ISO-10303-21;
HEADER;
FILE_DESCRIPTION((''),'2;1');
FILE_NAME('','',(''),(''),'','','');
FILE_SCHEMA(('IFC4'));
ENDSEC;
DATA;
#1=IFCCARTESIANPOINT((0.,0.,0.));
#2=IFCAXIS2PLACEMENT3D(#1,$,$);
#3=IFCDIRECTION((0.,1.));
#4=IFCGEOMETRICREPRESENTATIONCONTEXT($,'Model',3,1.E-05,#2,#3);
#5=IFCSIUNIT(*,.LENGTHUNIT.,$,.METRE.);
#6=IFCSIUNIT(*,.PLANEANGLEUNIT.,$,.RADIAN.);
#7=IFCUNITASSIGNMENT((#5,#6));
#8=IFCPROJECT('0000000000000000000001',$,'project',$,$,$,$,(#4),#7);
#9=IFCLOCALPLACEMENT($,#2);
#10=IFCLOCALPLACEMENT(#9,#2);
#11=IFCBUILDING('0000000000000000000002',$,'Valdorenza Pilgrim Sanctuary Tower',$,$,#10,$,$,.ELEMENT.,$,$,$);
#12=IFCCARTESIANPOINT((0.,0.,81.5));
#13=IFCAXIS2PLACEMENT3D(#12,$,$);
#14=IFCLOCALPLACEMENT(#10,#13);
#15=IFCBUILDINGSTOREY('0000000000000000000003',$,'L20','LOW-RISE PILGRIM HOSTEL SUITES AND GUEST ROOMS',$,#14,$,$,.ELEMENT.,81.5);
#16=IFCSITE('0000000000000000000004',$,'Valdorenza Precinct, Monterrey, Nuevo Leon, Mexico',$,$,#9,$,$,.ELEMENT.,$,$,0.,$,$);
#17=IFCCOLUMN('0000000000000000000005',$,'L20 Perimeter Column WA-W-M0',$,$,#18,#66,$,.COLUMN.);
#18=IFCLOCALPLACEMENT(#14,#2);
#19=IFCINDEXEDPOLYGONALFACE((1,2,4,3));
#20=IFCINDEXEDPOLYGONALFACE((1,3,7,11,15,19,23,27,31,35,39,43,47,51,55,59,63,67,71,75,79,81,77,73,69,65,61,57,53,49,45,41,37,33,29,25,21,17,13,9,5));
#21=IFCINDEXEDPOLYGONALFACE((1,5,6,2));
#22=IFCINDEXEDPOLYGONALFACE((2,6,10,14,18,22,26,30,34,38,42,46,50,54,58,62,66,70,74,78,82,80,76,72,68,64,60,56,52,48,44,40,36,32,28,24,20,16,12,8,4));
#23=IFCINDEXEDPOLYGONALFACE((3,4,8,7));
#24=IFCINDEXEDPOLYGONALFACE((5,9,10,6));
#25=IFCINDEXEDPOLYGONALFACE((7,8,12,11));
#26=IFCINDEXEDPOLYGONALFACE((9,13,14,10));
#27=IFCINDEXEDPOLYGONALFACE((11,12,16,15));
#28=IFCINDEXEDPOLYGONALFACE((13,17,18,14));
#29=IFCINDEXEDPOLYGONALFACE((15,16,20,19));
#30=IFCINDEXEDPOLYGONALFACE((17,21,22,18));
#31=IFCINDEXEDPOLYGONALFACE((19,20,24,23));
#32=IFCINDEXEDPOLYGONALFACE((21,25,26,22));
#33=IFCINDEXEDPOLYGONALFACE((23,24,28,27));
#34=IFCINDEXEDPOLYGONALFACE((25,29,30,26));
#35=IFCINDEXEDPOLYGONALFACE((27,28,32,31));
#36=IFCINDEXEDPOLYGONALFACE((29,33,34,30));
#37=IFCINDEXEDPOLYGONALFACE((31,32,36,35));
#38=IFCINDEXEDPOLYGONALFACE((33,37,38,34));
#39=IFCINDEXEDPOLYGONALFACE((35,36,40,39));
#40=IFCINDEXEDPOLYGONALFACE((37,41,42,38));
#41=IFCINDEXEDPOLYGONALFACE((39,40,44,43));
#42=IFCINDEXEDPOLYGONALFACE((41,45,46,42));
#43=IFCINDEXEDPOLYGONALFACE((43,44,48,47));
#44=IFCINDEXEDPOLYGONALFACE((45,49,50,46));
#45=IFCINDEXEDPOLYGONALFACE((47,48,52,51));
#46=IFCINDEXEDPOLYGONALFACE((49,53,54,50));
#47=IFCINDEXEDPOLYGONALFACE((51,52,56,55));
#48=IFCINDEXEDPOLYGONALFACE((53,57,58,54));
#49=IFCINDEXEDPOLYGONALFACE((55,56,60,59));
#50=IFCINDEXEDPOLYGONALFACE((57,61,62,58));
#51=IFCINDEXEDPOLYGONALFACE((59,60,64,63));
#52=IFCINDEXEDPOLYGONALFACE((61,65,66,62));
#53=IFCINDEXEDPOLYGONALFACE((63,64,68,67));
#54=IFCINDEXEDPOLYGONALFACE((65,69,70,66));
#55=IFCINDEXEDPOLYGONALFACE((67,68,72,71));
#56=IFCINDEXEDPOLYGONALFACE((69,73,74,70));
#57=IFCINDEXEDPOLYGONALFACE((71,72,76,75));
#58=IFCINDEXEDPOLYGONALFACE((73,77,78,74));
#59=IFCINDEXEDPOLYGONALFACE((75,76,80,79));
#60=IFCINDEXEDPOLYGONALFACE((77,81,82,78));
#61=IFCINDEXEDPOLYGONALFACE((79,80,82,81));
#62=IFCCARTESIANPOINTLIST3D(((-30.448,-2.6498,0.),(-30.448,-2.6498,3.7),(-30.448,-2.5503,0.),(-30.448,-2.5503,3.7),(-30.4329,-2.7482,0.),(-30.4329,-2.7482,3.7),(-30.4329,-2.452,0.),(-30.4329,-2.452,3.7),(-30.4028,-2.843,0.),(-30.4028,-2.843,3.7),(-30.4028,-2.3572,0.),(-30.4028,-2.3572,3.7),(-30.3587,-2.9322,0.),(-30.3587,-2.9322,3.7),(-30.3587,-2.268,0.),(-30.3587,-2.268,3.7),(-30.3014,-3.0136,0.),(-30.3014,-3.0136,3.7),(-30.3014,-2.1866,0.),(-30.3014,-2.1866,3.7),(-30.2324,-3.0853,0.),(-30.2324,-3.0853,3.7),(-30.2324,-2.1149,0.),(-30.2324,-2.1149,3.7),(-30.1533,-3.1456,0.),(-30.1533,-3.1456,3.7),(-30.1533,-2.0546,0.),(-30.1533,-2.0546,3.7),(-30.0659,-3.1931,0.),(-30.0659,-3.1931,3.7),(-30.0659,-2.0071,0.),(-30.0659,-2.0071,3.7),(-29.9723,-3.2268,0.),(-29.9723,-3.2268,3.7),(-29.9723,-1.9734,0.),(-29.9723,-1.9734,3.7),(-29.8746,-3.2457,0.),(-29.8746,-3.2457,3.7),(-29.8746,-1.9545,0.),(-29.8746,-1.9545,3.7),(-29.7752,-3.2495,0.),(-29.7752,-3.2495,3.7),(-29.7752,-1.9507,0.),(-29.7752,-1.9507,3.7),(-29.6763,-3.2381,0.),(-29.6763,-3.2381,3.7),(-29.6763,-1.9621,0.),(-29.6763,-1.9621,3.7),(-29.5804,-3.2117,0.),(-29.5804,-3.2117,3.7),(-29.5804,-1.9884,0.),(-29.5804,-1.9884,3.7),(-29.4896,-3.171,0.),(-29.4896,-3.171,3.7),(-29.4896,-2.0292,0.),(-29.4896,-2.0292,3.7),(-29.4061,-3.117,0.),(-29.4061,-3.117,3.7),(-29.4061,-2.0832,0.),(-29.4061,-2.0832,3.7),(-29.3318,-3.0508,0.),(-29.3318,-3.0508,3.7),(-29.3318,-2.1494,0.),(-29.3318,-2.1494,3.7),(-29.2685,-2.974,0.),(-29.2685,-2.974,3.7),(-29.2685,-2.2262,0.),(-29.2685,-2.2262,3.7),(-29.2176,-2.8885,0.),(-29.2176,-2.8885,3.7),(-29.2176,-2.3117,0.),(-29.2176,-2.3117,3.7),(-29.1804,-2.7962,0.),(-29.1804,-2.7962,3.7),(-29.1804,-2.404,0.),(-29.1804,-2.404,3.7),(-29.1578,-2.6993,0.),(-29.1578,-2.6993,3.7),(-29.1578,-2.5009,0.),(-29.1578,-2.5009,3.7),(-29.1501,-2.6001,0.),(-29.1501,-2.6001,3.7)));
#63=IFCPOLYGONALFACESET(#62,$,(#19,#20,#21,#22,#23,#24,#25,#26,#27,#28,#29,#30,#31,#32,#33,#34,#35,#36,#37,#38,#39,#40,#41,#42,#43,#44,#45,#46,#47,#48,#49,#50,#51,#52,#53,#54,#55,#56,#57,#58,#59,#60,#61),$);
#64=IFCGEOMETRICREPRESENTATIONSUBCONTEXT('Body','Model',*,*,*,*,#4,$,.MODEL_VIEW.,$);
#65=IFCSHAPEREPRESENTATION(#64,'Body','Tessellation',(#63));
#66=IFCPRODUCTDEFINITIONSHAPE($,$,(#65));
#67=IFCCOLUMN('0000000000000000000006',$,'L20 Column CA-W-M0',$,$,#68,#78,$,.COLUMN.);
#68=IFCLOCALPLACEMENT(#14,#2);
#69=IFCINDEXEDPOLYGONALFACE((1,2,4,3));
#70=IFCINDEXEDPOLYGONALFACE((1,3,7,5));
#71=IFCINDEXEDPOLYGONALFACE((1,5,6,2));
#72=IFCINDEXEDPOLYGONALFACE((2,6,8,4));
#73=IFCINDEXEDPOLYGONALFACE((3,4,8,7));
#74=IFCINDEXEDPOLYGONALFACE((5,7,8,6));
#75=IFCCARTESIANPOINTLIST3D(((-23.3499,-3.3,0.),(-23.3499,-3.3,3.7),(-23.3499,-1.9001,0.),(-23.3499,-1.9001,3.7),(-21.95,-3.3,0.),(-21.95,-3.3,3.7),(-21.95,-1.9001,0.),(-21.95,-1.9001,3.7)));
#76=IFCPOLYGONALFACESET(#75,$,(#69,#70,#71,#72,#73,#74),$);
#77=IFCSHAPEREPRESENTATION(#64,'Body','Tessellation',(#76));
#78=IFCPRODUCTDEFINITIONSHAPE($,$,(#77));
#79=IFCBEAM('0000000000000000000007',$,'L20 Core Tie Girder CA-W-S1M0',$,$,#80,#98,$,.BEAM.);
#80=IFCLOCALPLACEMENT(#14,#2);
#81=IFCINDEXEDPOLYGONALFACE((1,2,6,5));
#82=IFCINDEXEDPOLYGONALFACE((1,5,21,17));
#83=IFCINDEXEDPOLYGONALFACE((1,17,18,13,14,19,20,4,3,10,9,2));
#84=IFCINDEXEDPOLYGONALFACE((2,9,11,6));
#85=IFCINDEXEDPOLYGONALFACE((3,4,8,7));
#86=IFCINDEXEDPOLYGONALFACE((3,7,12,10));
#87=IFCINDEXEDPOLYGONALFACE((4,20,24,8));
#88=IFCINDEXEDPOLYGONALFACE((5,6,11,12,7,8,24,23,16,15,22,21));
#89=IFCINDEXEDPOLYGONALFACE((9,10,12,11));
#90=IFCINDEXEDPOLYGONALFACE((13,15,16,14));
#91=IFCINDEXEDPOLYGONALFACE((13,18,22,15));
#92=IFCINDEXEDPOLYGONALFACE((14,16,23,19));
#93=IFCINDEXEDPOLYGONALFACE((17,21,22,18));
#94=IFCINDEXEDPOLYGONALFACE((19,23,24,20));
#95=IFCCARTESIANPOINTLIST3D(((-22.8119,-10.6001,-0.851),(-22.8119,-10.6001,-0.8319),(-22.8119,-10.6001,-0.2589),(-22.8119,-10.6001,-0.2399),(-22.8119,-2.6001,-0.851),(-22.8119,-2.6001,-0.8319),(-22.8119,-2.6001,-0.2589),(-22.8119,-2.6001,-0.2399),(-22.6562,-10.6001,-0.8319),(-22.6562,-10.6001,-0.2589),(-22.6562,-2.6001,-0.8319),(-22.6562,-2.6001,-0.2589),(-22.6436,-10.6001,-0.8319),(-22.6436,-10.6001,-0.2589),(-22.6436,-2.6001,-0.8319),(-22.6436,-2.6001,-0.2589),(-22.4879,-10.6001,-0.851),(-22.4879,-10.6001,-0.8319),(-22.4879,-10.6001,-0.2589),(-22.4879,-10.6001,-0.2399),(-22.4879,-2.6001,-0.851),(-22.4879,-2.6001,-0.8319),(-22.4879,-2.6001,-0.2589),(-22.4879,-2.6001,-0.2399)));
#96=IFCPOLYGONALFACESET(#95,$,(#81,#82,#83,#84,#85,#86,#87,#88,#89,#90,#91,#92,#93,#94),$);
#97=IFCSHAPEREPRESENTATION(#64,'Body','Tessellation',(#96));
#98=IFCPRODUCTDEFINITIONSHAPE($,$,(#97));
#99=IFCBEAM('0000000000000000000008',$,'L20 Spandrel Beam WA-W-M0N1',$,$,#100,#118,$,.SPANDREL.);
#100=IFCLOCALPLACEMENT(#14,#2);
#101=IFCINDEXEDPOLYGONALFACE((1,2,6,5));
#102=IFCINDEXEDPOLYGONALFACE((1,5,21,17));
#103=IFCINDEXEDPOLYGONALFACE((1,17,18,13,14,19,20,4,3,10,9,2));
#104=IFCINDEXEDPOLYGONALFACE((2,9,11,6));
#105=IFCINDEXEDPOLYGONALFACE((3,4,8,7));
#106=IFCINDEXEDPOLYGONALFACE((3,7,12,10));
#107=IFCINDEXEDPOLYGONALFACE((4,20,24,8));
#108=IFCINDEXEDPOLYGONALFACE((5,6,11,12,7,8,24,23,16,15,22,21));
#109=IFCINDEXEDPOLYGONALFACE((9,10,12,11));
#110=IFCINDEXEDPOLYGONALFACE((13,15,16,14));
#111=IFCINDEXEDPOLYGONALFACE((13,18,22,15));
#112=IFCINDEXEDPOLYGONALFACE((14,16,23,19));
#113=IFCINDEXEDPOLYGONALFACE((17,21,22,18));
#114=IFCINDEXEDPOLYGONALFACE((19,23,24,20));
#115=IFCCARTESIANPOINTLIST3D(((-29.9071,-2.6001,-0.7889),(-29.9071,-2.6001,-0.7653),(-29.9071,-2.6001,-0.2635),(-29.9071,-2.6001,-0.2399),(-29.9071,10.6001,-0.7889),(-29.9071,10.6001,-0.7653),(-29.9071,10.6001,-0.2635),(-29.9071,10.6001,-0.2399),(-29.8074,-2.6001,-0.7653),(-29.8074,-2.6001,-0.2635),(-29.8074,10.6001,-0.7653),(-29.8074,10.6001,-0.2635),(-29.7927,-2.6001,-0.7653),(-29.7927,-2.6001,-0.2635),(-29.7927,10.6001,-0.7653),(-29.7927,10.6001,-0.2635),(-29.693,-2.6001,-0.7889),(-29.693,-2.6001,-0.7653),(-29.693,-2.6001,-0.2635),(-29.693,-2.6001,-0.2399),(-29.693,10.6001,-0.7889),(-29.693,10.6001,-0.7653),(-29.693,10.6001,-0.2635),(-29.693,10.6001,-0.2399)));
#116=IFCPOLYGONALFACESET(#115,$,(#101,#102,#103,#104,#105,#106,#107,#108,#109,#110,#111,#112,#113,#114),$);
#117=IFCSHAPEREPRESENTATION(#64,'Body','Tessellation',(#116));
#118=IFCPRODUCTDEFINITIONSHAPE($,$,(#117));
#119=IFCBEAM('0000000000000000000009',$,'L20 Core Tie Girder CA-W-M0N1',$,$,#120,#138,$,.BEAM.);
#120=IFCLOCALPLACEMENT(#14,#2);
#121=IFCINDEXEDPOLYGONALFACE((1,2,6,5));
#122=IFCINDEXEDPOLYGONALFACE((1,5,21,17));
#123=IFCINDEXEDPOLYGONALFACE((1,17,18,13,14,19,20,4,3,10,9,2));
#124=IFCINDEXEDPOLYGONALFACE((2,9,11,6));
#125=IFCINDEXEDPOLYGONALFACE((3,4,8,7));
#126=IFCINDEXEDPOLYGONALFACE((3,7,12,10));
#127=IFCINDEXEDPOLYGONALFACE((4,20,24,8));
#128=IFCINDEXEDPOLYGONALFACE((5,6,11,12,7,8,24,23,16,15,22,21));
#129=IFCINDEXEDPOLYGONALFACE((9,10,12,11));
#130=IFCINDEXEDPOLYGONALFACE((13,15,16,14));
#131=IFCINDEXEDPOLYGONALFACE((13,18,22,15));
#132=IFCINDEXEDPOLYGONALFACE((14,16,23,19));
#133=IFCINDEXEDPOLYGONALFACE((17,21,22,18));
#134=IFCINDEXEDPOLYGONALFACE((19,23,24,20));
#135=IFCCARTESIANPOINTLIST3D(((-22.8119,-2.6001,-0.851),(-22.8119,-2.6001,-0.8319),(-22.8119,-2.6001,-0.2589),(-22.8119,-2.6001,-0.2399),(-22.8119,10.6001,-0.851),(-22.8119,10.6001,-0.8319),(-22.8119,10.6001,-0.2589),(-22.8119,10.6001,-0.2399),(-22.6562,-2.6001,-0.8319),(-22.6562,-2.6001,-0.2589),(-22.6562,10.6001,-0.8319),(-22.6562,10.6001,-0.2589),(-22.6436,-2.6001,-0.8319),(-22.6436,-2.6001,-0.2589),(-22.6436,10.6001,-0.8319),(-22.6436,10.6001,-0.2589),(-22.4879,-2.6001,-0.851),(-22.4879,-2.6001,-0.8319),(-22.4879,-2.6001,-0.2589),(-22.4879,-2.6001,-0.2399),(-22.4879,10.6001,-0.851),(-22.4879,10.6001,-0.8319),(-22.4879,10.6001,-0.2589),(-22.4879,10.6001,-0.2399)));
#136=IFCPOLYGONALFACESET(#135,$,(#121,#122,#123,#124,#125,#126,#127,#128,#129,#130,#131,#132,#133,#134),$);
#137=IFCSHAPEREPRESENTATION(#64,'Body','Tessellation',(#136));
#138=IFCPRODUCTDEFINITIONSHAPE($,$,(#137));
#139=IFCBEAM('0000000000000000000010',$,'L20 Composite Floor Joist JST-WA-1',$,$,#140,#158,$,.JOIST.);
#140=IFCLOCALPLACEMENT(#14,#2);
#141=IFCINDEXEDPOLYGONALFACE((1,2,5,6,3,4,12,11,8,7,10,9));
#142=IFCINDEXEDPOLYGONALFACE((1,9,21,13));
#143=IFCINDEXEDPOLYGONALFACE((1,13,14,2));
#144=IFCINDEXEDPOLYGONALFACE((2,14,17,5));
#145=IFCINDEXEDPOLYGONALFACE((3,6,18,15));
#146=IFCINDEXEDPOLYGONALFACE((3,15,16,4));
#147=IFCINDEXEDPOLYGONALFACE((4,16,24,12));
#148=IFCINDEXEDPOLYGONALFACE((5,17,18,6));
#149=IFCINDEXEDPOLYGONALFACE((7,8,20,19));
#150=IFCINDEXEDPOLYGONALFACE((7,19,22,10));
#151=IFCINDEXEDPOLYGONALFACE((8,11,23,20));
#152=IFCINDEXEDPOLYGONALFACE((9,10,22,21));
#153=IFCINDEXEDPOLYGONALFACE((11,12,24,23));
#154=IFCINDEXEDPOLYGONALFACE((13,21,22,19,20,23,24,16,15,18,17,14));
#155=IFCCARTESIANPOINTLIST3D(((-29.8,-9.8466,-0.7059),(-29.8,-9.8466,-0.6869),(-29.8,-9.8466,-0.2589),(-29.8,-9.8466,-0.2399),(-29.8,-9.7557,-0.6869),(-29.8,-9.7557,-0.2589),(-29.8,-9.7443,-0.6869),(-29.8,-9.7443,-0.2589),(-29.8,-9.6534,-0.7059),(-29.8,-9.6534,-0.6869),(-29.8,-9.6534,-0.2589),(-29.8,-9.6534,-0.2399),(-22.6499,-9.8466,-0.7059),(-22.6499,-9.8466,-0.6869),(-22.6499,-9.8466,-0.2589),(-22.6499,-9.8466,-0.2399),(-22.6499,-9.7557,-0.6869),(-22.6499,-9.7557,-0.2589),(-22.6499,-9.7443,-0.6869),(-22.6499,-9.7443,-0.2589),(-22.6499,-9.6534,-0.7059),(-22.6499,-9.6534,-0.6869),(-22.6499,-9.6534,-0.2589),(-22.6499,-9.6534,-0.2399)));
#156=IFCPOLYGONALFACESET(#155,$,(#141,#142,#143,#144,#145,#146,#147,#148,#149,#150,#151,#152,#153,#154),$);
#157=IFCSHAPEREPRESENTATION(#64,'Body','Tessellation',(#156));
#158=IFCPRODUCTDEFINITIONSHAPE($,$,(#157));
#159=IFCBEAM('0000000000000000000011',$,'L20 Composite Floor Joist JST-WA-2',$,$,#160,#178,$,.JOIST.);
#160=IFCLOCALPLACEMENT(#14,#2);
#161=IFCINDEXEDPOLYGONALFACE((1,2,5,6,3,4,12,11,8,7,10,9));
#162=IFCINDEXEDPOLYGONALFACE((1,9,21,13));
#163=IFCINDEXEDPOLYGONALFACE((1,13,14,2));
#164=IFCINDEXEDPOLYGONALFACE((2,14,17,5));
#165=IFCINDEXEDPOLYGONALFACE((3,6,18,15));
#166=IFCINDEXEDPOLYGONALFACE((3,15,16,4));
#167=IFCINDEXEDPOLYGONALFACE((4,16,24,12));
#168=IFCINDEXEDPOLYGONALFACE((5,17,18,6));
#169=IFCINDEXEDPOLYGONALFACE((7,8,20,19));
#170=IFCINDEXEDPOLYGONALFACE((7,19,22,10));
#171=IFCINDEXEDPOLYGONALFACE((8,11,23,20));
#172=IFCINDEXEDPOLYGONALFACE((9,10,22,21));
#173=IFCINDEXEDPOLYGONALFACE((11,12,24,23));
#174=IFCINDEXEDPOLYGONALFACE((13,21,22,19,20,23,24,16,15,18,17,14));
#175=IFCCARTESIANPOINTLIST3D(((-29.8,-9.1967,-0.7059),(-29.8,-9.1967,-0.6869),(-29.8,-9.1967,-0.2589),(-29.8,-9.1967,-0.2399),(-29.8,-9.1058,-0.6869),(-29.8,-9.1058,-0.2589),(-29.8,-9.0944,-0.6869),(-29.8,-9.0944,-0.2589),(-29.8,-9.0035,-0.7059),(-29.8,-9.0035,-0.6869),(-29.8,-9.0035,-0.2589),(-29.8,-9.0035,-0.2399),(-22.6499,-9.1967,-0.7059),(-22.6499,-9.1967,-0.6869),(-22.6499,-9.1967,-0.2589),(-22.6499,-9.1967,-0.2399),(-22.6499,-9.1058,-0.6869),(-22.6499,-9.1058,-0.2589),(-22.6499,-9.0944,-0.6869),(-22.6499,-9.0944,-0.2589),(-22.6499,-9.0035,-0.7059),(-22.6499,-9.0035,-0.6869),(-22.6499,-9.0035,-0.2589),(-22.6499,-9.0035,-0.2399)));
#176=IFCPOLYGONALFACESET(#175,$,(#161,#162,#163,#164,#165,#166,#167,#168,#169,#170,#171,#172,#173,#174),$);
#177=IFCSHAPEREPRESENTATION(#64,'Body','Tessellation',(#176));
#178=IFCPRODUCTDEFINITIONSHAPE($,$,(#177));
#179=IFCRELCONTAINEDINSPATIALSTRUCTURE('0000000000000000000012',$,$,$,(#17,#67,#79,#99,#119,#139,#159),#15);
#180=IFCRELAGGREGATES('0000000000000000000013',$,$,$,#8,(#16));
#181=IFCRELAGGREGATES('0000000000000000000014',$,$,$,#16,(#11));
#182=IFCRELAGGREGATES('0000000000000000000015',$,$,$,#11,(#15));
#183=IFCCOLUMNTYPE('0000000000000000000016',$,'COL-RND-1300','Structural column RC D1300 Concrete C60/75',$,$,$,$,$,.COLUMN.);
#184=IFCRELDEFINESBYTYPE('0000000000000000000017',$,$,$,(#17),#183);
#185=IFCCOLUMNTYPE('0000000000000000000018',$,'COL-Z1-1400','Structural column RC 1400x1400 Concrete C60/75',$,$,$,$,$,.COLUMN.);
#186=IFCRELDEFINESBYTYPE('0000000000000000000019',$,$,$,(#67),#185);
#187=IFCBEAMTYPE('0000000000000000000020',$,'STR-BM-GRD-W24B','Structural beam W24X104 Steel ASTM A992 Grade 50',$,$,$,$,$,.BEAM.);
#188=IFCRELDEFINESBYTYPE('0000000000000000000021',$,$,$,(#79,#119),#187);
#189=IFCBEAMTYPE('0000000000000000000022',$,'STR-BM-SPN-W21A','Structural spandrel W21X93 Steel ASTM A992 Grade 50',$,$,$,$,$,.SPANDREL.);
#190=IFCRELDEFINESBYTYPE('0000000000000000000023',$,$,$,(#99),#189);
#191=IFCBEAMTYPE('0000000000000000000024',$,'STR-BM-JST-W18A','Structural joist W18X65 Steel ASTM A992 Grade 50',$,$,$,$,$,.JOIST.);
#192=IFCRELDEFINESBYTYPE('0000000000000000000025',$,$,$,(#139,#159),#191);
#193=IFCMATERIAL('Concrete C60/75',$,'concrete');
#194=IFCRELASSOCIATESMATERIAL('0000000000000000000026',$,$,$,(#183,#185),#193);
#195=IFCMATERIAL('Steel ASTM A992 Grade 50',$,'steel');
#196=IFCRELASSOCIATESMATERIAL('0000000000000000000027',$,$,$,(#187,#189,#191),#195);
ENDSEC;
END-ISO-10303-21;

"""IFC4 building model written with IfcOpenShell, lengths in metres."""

from ifc_helpers import new_model, si_unit, direction, frame, origin, origin_2d, place, context, subcontext, project, spatial, rectangle, circle, i_section, extrude, source, transform, mapped, material, material_profile, profile_set, type_object, element, save


model = new_model("IFC4")

# Units and contexts
model_context = context("Model", 3, precision=1e-05, world=origin(), true_north=direction((0.0, 1.0)))
body_context = subcontext(model_context, "Body", "Model", "MODEL_VIEW")
ifc_project = project(units=[si_unit("LENGTHUNIT", "METRE"), si_unit("PLANEANGLEUNIT", "RADIAN")], contexts=[model_context])

# Site, building, storey
site_placement = place(None, origin())
site = spatial("IfcSite", under=ifc_project, at=site_placement, Name="Valdorenza Precinct, Monterrey, Nuevo Leon, Mexico", CompositionType="ELEMENT", RefElevation=0.0)
building_placement = place(site_placement, origin())
building = spatial("IfcBuilding", under=site, at=building_placement, Name="Valdorenza Pilgrim Sanctuary Tower", CompositionType="ELEMENT")
storey_placement = place(building_placement, frame((0.0, 0.0, 81.5)))
storey = spatial("IfcBuildingStorey", under=building, at=storey_placement, Name="L20", Description="LOW-RISE PILGRIM HOSTEL SUITES AND GUEST ROOMS", CompositionType="ELEMENT", Elevation=81.5)

# Columns
ifc_material_1 = material(Name="Concrete C60/75", Category="concrete")
ifc_material_profile_1 = material_profile(ifc_material_1, circle(Radius=0.6499, at=origin_2d()), Name="RC D1300")
ifc_profile_set_1 = profile_set([ifc_material_profile_1], Name="Concrete C60/75")
column_type_1 = type_object("IfcColumnType", Name="COL-RND-1300", Description="Structural column RC D1300 Concrete C60/75", PredefinedType="COLUMN", material=ifc_profile_set_1)
shared_shape_1 = source(origin(), body_context, "Body", "SweptSolid", [
    extrude(circle(Radius=0.6499, at=origin_2d()), origin(), (0.0, 0.0, 1.0), 3.7),
])
column_1_placement = place(storey_placement, frame((-29.8, -2.6001, 0.0), z_axis=(0.0, 0.0, 1.0), x_axis=(1.0, 0.0, 0.0)))
element("IfcColumn", 1, at=column_1_placement, inside=storey, type_object=column_type_1, Name="L20 Perimeter Column WA-W-M0", PredefinedType="COLUMN", context=body_context, shape_type="MappedRepresentation", body=[
    mapped(shared_shape_1, transform((0.0, 0.0, 0.0), x_axis=(1.0, 0.0, 0.0), y_axis=(0.0, 1.0, 0.0), z_axis=(0.0, 0.0, 1.0), scale=1.0)),
])
ifc_material_profile_2 = material_profile(ifc_material_1, rectangle(XDim=1.3999, YDim=1.3999, at=origin_2d()), Name="RC 1400x1400")
ifc_profile_set_2 = profile_set([ifc_material_profile_2], Name="Concrete C60/75")
column_type_2 = type_object("IfcColumnType", Name="COL-Z1-1400", Description="Structural column RC 1400x1400 Concrete C60/75", PredefinedType="COLUMN", material=ifc_profile_set_2)
shared_shape_2 = source(origin(), body_context, "Body", "SweptSolid", [
    extrude(rectangle(XDim=1.3999, YDim=1.3999, at=origin_2d()), origin(), (0.0, 0.0, 1.0), 3.7),
])
column_2_placement = place(storey_placement, frame((-22.6499, -2.6001, 0.0), z_axis=(0.0, 0.0, 1.0), x_axis=(1.0, 0.0, 0.0)))
element("IfcColumn", 2, at=column_2_placement, inside=storey, type_object=column_type_2, Name="L20 Column CA-W-M0", PredefinedType="COLUMN", context=body_context, shape_type="MappedRepresentation", body=[
    mapped(shared_shape_2, transform((0.0, 0.0, 0.0), x_axis=(1.0, 0.0, 0.0), y_axis=(0.0, 1.0, 0.0), z_axis=(0.0, 0.0, 1.0), scale=1.0)),
])

# Beams
ifc_material_2 = material(Name="Steel ASTM A992 Grade 50", Category="steel")
ifc_material_profile_3 = material_profile(ifc_material_2, i_section(OverallWidth=0.324, OverallDepth=0.6111, WebThickness=0.0127, FlangeThickness=0.019, at=origin_2d()), Name="W24X104")
ifc_profile_set_3 = profile_set([ifc_material_profile_3], Name="Steel ASTM A992 Grade 50")
beam_type_1 = type_object("IfcBeamType", Name="STR-BM-GRD-W24B", Description="Structural beam W24X104 Steel ASTM A992 Grade 50", PredefinedType="BEAM", material=ifc_profile_set_3)
shared_shape_3 = source(origin(), body_context, "Body", "SweptSolid", [
    extrude(i_section(OverallWidth=0.324, OverallDepth=0.6111, WebThickness=0.0127, FlangeThickness=0.019, at=origin_2d()), origin(), (0.0, 0.0, 1.0), 8.0),
])
beam_1_placement = place(storey_placement, frame((-22.6499, -10.6001, -0.5454), z_axis=(0.0, 1.0, 0.0), x_axis=(-1.0, 0.0, 0.0)))
element("IfcBeam", 3, at=beam_1_placement, inside=storey, type_object=beam_type_1, Name="L20 Core Tie Girder CA-W-S1M0", PredefinedType="BEAM", context=body_context, shape_type="MappedRepresentation", body=[
    mapped(shared_shape_3, transform((0.0, 0.0, 0.0), x_axis=(1.0, 0.0, 0.0), y_axis=(0.0, 1.0, 0.0), z_axis=(0.0, 0.0, 1.0), scale=1.0)),
])
ifc_material_profile_4 = material_profile(ifc_material_2, i_section(OverallWidth=0.2141, OverallDepth=0.5491, WebThickness=0.0146, FlangeThickness=0.0237, at=origin_2d()), Name="W21X93")
ifc_profile_set_4 = profile_set([ifc_material_profile_4], Name="Steel ASTM A992 Grade 50")
beam_type_2 = type_object("IfcBeamType", Name="STR-BM-SPN-W21A", Description="Structural spandrel W21X93 Steel ASTM A992 Grade 50", PredefinedType="SPANDREL", material=ifc_profile_set_4)
shared_shape_4 = source(origin(), body_context, "Body", "SweptSolid", [
    extrude(i_section(OverallWidth=0.2141, OverallDepth=0.5491, WebThickness=0.0146, FlangeThickness=0.0237, at=origin_2d()), origin(), (0.0, 0.0, 1.0), 13.2002),
])
beam_2_placement = place(storey_placement, frame((-29.8, -2.6001, -0.5144), z_axis=(0.0, 1.0, 0.0), x_axis=(-1.0, 0.0, 0.0)))
element("IfcBeam", 4, at=beam_2_placement, inside=storey, type_object=beam_type_2, Name="L20 Spandrel Beam WA-W-M0N1", PredefinedType="SPANDREL", context=body_context, shape_type="MappedRepresentation", body=[
    mapped(shared_shape_4, transform((0.0, 0.0, 0.0), x_axis=(1.0, 0.0, 0.0), y_axis=(0.0, 1.0, 0.0), z_axis=(0.0, 0.0, 1.0), scale=1.0)),
])
shared_shape_5 = source(origin(), body_context, "Body", "SweptSolid", [
    extrude(i_section(OverallWidth=0.324, OverallDepth=0.6111, WebThickness=0.0127, FlangeThickness=0.019, at=origin_2d()), origin(), (0.0, 0.0, 1.0), 13.2002),
])
beam_3_placement = place(storey_placement, frame((-22.6499, -2.6001, -0.5454), z_axis=(0.0, 1.0, 0.0), x_axis=(-1.0, 0.0, 0.0)))
element("IfcBeam", 5, at=beam_3_placement, inside=storey, type_object=beam_type_1, Name="L20 Core Tie Girder CA-W-M0N1", PredefinedType="BEAM", context=body_context, shape_type="MappedRepresentation", body=[
    mapped(shared_shape_5, transform((0.0, 0.0, 0.0), x_axis=(1.0, 0.0, 0.0), y_axis=(0.0, 1.0, 0.0), z_axis=(0.0, 0.0, 1.0), scale=1.0)),
])
ifc_material_profile_5 = material_profile(ifc_material_2, i_section(OverallWidth=0.1931, OverallDepth=0.4661, WebThickness=0.0115, FlangeThickness=0.019, at=origin_2d()), Name="W18X65")
ifc_profile_set_5 = profile_set([ifc_material_profile_5], Name="Steel ASTM A992 Grade 50")
beam_type_3 = type_object("IfcBeamType", Name="STR-BM-JST-W18A", Description="Structural joist W18X65 Steel ASTM A992 Grade 50", PredefinedType="JOIST", material=ifc_profile_set_5)
shared_shape_6 = source(origin(), body_context, "Body", "SweptSolid", [
    extrude(i_section(OverallWidth=0.1931, OverallDepth=0.4661, WebThickness=0.0115, FlangeThickness=0.019, at=origin_2d()), origin(), (0.0, 0.0, 1.0), 7.1501),
])
for number, where, z_axis, x_axis, name in (
    (6, (-29.8, -9.75, -0.4729), (1.0, 0.0, 0.0), (0.0, 1.0, 0.0), "L20 Composite Floor Joist JST-WA-1"),
    (7, (-29.8, -9.1001, -0.4729), (1.0, 0.0, 0.0), (0.0, 1.0, 0.0), "L20 Composite Floor Joist JST-WA-2"),
):
    element("IfcBeam", number, at=place(storey_placement, frame(where, z_axis=z_axis, x_axis=x_axis)), inside=storey, type_object=beam_type_3, Name=name, PredefinedType="JOIST", context=body_context, shape_type="MappedRepresentation", body=[
        mapped(shared_shape_6, transform((0.0, 0.0, 0.0), x_axis=(1.0, 0.0, 0.0), y_axis=(0.0, 1.0, 0.0), z_axis=(0.0, 0.0, 1.0), scale=1.0)),
    ])

save(model, "model.ifc")
